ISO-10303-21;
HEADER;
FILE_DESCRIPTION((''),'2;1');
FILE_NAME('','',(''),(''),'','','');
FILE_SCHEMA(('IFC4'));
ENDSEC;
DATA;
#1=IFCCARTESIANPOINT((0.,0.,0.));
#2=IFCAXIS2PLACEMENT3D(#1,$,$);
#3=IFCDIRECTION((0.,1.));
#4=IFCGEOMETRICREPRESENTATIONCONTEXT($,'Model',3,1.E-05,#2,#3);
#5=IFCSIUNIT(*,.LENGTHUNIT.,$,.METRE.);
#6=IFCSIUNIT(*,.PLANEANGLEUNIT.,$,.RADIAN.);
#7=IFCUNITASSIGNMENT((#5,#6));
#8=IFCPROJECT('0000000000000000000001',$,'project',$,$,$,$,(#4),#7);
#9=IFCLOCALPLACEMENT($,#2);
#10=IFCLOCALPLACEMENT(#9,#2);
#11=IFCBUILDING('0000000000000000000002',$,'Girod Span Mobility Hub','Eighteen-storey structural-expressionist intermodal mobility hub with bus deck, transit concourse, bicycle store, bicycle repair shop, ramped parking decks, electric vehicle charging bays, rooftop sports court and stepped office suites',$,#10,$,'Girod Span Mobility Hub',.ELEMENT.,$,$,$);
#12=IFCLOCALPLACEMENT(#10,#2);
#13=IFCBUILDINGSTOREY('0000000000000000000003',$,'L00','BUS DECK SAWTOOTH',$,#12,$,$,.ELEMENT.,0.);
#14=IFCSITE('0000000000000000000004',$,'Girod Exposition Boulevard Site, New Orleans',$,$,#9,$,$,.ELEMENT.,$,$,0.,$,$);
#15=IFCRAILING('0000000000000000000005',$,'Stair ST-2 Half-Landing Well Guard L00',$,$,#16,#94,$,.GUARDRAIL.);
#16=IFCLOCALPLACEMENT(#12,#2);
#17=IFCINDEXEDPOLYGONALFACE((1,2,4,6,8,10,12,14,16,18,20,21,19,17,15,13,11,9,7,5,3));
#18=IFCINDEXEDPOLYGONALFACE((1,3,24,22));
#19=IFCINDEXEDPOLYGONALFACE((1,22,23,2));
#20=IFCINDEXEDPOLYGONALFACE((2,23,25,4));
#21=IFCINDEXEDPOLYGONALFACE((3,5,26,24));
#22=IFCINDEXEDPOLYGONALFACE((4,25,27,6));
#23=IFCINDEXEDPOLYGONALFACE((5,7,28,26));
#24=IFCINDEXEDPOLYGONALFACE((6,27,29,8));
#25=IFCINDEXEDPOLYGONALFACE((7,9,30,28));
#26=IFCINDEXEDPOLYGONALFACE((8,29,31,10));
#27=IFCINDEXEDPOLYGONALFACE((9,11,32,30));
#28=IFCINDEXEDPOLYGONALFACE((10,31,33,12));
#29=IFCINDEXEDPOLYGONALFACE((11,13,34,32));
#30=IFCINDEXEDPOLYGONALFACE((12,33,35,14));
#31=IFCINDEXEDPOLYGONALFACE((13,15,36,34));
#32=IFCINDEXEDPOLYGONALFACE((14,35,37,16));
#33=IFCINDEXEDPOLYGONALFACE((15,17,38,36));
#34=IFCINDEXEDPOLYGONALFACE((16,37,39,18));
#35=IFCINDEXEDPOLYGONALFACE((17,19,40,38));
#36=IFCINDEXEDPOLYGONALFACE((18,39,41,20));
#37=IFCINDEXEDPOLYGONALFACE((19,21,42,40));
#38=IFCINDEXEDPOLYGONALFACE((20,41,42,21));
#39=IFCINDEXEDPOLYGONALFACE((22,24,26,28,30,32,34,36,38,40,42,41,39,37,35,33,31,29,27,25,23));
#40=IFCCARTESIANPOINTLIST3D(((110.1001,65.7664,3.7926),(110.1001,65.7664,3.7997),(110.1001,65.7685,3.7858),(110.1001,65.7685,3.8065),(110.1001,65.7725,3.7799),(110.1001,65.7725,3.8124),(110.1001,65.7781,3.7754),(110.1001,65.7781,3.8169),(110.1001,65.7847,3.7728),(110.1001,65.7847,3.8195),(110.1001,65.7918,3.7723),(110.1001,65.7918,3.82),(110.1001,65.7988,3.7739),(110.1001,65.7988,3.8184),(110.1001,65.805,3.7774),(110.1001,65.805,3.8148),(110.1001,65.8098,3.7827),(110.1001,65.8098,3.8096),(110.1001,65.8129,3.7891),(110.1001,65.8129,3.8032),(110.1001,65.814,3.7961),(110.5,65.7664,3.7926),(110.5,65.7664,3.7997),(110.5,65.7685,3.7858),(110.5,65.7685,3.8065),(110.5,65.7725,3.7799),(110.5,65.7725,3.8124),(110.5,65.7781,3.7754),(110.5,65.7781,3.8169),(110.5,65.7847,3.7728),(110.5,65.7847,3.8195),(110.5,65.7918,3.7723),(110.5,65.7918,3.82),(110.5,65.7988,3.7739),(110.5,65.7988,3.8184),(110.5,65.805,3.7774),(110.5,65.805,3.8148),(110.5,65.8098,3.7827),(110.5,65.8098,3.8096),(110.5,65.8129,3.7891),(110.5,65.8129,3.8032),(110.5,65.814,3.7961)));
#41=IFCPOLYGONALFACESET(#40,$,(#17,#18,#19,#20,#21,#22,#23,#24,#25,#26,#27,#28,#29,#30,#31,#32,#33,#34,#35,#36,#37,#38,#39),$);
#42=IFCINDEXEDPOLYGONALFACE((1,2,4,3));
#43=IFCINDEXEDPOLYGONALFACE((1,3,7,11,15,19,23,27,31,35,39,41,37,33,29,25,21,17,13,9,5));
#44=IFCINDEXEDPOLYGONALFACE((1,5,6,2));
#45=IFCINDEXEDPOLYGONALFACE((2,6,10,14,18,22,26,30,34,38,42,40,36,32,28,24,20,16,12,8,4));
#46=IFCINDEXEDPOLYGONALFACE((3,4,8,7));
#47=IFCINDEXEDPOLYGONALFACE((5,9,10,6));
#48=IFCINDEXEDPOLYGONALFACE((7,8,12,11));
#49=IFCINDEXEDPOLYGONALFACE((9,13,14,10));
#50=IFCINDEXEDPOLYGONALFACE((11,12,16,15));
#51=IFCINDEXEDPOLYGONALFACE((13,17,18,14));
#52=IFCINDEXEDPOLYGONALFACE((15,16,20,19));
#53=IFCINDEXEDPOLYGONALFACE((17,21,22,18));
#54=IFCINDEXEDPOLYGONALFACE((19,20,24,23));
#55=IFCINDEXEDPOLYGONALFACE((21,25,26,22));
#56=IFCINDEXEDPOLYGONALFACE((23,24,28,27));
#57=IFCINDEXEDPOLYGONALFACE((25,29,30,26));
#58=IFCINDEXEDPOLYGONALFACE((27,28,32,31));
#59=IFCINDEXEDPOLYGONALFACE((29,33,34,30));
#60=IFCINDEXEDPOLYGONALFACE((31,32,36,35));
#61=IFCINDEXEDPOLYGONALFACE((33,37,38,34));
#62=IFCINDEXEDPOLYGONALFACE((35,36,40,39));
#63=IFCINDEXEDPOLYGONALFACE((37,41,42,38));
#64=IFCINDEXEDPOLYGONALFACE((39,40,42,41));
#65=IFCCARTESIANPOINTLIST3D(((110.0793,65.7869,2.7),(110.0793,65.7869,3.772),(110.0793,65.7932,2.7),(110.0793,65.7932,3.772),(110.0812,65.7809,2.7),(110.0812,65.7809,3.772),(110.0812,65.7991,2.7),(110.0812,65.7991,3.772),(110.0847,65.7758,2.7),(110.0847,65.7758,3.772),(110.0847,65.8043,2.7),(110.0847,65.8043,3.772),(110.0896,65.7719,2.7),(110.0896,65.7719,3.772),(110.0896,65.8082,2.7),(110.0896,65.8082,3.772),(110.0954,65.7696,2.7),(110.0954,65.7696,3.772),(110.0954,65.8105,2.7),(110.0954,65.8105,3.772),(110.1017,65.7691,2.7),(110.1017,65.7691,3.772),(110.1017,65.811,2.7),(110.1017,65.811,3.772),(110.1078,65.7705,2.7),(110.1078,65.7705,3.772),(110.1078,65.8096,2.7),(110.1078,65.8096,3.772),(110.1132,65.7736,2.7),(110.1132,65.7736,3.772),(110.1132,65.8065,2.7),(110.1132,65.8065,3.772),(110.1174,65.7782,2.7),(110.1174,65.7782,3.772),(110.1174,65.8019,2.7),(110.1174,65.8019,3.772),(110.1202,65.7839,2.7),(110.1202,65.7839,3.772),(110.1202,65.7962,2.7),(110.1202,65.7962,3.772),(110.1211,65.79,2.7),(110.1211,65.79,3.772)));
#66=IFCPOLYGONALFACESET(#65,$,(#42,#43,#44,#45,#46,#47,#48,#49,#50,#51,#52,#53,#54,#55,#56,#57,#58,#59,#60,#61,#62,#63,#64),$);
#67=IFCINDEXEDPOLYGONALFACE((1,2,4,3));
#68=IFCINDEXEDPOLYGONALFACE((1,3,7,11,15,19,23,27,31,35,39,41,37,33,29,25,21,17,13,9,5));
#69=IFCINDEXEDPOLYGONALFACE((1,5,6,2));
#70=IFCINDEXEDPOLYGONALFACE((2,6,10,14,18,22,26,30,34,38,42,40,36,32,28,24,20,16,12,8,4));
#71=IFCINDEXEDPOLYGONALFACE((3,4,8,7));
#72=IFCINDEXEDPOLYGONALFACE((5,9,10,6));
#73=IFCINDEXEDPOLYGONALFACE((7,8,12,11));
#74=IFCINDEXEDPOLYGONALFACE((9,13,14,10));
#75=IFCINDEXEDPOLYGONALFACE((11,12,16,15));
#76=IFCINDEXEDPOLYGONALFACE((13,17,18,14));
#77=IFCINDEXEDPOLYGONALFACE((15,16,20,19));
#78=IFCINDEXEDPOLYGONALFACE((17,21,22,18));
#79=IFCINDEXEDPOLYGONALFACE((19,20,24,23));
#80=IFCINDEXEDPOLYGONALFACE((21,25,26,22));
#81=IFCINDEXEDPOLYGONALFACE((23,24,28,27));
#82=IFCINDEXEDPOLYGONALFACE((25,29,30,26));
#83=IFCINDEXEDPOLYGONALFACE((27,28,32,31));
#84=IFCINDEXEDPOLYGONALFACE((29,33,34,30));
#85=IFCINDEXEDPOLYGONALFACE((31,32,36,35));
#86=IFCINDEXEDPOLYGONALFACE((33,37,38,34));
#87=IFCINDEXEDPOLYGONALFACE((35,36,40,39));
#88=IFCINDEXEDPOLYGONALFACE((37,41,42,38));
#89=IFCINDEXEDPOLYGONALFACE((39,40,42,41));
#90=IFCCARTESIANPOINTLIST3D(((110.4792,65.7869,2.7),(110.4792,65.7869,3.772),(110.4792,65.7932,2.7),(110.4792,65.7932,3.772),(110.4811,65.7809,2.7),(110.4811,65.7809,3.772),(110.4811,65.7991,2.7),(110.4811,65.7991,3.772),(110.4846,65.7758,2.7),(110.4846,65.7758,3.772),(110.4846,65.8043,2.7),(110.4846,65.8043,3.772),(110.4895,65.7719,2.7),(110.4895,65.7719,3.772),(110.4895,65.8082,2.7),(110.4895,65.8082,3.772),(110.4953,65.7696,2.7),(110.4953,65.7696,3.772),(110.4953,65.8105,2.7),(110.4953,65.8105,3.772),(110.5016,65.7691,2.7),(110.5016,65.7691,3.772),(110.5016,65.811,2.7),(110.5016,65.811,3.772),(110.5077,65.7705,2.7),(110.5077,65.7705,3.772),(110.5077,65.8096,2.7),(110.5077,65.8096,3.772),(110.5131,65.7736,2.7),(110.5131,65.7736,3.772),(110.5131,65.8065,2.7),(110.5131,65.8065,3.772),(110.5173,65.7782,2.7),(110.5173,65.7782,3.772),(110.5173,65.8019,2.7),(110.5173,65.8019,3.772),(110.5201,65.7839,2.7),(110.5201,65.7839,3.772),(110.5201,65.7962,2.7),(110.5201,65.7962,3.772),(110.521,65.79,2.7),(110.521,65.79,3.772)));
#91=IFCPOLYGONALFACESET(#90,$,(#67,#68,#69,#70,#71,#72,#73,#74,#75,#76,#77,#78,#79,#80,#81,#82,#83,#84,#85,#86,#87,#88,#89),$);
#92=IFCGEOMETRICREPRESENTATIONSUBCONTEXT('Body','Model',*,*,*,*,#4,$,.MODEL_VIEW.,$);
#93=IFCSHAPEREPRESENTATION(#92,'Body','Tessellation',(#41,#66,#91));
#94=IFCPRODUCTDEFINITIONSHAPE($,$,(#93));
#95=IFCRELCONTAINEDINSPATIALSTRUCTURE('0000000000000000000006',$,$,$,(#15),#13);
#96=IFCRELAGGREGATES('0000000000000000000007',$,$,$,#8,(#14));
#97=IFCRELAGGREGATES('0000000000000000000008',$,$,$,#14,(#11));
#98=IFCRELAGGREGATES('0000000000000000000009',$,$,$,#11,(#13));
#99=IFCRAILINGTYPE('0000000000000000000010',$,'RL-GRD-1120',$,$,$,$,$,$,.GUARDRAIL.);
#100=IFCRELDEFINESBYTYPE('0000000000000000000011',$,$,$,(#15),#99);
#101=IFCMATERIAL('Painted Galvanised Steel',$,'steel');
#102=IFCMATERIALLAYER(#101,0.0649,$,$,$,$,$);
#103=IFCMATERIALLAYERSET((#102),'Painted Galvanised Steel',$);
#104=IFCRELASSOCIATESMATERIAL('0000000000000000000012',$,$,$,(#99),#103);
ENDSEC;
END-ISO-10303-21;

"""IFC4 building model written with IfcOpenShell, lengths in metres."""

from ifc_helpers import new_model, si_unit, direction, frame, origin, origin_2d, place, context, subcontext, project, spatial, circle, extrude, material, layer, layer_set, type_object, element, save


model = new_model("IFC4")

# Units and contexts
model_context = context("Model", 3, precision=1e-05, world=origin(), true_north=direction((0.0, 1.0)))
body_context = subcontext(model_context, "Body", "Model", "MODEL_VIEW")
ifc_project = project(units=[si_unit("LENGTHUNIT", "METRE"), si_unit("PLANEANGLEUNIT", "RADIAN")], contexts=[model_context])

# Site, building, storey
site_placement = place(None, origin())
site = spatial("IfcSite", under=ifc_project, at=site_placement, Name="Girod Exposition Boulevard Site, New Orleans", CompositionType="ELEMENT", RefElevation=0.0)
building_placement = place(site_placement, origin())
building = spatial("IfcBuilding", under=site, at=building_placement, Name="Girod Span Mobility Hub", Description="Eighteen-storey structural-expressionist intermodal mobility hub with bus deck, transit concourse, bicycle store, bicycle repair shop, ramped parking decks, electric vehicle charging bays, rooftop sports court and stepped office suites", LongName="Girod Span Mobility Hub", CompositionType="ELEMENT")
storey_placement = place(building_placement, origin())
storey = spatial("IfcBuildingStorey", under=building, at=storey_placement, Name="L00", Description="BUS DECK SAWTOOTH", CompositionType="ELEMENT", Elevation=0.0)

# Railing
ifc_material_1 = material(Name="Painted Galvanised Steel", Category="steel")
ifc_layer_1 = layer(ifc_material_1, 0.0649)
ifc_layer_set_1 = layer_set([ifc_layer_1], Name="Painted Galvanised Steel")
railing_type_1 = type_object("IfcRailingType", Name="RL-GRD-1120", PredefinedType="GUARDRAIL", material=ifc_layer_set_1)
railing_1_placement = place(storey_placement, frame((110.1001, 65.79, 2.7)))
element("IfcRailing", 1, at=railing_1_placement, inside=storey, type_object=railing_type_1, Name="Stair ST-2 Half-Landing Well Guard L00", PredefinedType="GUARDRAIL", context=body_context, shape_type="SweptSolid", body=[
    extrude(circle(Radius=0.0239, at=origin_2d()), frame((0.0, 0.0, 1.0962), z_axis=(1.0, 0.0, 0.0), x_axis=(0.0, 1.0, 0.0)), (0.0, 0.0, 1.0), 0.3999),
    extrude(circle(Radius=0.021, at=origin_2d()), origin(), (0.0, 0.0, 1.0), 1.072),
    extrude(circle(Radius=0.021, at=origin_2d()), frame((0.3999, 0.0, 0.0)), (0.0, 0.0, 1.0), 1.072),
])

save(model, "model.ifc")
